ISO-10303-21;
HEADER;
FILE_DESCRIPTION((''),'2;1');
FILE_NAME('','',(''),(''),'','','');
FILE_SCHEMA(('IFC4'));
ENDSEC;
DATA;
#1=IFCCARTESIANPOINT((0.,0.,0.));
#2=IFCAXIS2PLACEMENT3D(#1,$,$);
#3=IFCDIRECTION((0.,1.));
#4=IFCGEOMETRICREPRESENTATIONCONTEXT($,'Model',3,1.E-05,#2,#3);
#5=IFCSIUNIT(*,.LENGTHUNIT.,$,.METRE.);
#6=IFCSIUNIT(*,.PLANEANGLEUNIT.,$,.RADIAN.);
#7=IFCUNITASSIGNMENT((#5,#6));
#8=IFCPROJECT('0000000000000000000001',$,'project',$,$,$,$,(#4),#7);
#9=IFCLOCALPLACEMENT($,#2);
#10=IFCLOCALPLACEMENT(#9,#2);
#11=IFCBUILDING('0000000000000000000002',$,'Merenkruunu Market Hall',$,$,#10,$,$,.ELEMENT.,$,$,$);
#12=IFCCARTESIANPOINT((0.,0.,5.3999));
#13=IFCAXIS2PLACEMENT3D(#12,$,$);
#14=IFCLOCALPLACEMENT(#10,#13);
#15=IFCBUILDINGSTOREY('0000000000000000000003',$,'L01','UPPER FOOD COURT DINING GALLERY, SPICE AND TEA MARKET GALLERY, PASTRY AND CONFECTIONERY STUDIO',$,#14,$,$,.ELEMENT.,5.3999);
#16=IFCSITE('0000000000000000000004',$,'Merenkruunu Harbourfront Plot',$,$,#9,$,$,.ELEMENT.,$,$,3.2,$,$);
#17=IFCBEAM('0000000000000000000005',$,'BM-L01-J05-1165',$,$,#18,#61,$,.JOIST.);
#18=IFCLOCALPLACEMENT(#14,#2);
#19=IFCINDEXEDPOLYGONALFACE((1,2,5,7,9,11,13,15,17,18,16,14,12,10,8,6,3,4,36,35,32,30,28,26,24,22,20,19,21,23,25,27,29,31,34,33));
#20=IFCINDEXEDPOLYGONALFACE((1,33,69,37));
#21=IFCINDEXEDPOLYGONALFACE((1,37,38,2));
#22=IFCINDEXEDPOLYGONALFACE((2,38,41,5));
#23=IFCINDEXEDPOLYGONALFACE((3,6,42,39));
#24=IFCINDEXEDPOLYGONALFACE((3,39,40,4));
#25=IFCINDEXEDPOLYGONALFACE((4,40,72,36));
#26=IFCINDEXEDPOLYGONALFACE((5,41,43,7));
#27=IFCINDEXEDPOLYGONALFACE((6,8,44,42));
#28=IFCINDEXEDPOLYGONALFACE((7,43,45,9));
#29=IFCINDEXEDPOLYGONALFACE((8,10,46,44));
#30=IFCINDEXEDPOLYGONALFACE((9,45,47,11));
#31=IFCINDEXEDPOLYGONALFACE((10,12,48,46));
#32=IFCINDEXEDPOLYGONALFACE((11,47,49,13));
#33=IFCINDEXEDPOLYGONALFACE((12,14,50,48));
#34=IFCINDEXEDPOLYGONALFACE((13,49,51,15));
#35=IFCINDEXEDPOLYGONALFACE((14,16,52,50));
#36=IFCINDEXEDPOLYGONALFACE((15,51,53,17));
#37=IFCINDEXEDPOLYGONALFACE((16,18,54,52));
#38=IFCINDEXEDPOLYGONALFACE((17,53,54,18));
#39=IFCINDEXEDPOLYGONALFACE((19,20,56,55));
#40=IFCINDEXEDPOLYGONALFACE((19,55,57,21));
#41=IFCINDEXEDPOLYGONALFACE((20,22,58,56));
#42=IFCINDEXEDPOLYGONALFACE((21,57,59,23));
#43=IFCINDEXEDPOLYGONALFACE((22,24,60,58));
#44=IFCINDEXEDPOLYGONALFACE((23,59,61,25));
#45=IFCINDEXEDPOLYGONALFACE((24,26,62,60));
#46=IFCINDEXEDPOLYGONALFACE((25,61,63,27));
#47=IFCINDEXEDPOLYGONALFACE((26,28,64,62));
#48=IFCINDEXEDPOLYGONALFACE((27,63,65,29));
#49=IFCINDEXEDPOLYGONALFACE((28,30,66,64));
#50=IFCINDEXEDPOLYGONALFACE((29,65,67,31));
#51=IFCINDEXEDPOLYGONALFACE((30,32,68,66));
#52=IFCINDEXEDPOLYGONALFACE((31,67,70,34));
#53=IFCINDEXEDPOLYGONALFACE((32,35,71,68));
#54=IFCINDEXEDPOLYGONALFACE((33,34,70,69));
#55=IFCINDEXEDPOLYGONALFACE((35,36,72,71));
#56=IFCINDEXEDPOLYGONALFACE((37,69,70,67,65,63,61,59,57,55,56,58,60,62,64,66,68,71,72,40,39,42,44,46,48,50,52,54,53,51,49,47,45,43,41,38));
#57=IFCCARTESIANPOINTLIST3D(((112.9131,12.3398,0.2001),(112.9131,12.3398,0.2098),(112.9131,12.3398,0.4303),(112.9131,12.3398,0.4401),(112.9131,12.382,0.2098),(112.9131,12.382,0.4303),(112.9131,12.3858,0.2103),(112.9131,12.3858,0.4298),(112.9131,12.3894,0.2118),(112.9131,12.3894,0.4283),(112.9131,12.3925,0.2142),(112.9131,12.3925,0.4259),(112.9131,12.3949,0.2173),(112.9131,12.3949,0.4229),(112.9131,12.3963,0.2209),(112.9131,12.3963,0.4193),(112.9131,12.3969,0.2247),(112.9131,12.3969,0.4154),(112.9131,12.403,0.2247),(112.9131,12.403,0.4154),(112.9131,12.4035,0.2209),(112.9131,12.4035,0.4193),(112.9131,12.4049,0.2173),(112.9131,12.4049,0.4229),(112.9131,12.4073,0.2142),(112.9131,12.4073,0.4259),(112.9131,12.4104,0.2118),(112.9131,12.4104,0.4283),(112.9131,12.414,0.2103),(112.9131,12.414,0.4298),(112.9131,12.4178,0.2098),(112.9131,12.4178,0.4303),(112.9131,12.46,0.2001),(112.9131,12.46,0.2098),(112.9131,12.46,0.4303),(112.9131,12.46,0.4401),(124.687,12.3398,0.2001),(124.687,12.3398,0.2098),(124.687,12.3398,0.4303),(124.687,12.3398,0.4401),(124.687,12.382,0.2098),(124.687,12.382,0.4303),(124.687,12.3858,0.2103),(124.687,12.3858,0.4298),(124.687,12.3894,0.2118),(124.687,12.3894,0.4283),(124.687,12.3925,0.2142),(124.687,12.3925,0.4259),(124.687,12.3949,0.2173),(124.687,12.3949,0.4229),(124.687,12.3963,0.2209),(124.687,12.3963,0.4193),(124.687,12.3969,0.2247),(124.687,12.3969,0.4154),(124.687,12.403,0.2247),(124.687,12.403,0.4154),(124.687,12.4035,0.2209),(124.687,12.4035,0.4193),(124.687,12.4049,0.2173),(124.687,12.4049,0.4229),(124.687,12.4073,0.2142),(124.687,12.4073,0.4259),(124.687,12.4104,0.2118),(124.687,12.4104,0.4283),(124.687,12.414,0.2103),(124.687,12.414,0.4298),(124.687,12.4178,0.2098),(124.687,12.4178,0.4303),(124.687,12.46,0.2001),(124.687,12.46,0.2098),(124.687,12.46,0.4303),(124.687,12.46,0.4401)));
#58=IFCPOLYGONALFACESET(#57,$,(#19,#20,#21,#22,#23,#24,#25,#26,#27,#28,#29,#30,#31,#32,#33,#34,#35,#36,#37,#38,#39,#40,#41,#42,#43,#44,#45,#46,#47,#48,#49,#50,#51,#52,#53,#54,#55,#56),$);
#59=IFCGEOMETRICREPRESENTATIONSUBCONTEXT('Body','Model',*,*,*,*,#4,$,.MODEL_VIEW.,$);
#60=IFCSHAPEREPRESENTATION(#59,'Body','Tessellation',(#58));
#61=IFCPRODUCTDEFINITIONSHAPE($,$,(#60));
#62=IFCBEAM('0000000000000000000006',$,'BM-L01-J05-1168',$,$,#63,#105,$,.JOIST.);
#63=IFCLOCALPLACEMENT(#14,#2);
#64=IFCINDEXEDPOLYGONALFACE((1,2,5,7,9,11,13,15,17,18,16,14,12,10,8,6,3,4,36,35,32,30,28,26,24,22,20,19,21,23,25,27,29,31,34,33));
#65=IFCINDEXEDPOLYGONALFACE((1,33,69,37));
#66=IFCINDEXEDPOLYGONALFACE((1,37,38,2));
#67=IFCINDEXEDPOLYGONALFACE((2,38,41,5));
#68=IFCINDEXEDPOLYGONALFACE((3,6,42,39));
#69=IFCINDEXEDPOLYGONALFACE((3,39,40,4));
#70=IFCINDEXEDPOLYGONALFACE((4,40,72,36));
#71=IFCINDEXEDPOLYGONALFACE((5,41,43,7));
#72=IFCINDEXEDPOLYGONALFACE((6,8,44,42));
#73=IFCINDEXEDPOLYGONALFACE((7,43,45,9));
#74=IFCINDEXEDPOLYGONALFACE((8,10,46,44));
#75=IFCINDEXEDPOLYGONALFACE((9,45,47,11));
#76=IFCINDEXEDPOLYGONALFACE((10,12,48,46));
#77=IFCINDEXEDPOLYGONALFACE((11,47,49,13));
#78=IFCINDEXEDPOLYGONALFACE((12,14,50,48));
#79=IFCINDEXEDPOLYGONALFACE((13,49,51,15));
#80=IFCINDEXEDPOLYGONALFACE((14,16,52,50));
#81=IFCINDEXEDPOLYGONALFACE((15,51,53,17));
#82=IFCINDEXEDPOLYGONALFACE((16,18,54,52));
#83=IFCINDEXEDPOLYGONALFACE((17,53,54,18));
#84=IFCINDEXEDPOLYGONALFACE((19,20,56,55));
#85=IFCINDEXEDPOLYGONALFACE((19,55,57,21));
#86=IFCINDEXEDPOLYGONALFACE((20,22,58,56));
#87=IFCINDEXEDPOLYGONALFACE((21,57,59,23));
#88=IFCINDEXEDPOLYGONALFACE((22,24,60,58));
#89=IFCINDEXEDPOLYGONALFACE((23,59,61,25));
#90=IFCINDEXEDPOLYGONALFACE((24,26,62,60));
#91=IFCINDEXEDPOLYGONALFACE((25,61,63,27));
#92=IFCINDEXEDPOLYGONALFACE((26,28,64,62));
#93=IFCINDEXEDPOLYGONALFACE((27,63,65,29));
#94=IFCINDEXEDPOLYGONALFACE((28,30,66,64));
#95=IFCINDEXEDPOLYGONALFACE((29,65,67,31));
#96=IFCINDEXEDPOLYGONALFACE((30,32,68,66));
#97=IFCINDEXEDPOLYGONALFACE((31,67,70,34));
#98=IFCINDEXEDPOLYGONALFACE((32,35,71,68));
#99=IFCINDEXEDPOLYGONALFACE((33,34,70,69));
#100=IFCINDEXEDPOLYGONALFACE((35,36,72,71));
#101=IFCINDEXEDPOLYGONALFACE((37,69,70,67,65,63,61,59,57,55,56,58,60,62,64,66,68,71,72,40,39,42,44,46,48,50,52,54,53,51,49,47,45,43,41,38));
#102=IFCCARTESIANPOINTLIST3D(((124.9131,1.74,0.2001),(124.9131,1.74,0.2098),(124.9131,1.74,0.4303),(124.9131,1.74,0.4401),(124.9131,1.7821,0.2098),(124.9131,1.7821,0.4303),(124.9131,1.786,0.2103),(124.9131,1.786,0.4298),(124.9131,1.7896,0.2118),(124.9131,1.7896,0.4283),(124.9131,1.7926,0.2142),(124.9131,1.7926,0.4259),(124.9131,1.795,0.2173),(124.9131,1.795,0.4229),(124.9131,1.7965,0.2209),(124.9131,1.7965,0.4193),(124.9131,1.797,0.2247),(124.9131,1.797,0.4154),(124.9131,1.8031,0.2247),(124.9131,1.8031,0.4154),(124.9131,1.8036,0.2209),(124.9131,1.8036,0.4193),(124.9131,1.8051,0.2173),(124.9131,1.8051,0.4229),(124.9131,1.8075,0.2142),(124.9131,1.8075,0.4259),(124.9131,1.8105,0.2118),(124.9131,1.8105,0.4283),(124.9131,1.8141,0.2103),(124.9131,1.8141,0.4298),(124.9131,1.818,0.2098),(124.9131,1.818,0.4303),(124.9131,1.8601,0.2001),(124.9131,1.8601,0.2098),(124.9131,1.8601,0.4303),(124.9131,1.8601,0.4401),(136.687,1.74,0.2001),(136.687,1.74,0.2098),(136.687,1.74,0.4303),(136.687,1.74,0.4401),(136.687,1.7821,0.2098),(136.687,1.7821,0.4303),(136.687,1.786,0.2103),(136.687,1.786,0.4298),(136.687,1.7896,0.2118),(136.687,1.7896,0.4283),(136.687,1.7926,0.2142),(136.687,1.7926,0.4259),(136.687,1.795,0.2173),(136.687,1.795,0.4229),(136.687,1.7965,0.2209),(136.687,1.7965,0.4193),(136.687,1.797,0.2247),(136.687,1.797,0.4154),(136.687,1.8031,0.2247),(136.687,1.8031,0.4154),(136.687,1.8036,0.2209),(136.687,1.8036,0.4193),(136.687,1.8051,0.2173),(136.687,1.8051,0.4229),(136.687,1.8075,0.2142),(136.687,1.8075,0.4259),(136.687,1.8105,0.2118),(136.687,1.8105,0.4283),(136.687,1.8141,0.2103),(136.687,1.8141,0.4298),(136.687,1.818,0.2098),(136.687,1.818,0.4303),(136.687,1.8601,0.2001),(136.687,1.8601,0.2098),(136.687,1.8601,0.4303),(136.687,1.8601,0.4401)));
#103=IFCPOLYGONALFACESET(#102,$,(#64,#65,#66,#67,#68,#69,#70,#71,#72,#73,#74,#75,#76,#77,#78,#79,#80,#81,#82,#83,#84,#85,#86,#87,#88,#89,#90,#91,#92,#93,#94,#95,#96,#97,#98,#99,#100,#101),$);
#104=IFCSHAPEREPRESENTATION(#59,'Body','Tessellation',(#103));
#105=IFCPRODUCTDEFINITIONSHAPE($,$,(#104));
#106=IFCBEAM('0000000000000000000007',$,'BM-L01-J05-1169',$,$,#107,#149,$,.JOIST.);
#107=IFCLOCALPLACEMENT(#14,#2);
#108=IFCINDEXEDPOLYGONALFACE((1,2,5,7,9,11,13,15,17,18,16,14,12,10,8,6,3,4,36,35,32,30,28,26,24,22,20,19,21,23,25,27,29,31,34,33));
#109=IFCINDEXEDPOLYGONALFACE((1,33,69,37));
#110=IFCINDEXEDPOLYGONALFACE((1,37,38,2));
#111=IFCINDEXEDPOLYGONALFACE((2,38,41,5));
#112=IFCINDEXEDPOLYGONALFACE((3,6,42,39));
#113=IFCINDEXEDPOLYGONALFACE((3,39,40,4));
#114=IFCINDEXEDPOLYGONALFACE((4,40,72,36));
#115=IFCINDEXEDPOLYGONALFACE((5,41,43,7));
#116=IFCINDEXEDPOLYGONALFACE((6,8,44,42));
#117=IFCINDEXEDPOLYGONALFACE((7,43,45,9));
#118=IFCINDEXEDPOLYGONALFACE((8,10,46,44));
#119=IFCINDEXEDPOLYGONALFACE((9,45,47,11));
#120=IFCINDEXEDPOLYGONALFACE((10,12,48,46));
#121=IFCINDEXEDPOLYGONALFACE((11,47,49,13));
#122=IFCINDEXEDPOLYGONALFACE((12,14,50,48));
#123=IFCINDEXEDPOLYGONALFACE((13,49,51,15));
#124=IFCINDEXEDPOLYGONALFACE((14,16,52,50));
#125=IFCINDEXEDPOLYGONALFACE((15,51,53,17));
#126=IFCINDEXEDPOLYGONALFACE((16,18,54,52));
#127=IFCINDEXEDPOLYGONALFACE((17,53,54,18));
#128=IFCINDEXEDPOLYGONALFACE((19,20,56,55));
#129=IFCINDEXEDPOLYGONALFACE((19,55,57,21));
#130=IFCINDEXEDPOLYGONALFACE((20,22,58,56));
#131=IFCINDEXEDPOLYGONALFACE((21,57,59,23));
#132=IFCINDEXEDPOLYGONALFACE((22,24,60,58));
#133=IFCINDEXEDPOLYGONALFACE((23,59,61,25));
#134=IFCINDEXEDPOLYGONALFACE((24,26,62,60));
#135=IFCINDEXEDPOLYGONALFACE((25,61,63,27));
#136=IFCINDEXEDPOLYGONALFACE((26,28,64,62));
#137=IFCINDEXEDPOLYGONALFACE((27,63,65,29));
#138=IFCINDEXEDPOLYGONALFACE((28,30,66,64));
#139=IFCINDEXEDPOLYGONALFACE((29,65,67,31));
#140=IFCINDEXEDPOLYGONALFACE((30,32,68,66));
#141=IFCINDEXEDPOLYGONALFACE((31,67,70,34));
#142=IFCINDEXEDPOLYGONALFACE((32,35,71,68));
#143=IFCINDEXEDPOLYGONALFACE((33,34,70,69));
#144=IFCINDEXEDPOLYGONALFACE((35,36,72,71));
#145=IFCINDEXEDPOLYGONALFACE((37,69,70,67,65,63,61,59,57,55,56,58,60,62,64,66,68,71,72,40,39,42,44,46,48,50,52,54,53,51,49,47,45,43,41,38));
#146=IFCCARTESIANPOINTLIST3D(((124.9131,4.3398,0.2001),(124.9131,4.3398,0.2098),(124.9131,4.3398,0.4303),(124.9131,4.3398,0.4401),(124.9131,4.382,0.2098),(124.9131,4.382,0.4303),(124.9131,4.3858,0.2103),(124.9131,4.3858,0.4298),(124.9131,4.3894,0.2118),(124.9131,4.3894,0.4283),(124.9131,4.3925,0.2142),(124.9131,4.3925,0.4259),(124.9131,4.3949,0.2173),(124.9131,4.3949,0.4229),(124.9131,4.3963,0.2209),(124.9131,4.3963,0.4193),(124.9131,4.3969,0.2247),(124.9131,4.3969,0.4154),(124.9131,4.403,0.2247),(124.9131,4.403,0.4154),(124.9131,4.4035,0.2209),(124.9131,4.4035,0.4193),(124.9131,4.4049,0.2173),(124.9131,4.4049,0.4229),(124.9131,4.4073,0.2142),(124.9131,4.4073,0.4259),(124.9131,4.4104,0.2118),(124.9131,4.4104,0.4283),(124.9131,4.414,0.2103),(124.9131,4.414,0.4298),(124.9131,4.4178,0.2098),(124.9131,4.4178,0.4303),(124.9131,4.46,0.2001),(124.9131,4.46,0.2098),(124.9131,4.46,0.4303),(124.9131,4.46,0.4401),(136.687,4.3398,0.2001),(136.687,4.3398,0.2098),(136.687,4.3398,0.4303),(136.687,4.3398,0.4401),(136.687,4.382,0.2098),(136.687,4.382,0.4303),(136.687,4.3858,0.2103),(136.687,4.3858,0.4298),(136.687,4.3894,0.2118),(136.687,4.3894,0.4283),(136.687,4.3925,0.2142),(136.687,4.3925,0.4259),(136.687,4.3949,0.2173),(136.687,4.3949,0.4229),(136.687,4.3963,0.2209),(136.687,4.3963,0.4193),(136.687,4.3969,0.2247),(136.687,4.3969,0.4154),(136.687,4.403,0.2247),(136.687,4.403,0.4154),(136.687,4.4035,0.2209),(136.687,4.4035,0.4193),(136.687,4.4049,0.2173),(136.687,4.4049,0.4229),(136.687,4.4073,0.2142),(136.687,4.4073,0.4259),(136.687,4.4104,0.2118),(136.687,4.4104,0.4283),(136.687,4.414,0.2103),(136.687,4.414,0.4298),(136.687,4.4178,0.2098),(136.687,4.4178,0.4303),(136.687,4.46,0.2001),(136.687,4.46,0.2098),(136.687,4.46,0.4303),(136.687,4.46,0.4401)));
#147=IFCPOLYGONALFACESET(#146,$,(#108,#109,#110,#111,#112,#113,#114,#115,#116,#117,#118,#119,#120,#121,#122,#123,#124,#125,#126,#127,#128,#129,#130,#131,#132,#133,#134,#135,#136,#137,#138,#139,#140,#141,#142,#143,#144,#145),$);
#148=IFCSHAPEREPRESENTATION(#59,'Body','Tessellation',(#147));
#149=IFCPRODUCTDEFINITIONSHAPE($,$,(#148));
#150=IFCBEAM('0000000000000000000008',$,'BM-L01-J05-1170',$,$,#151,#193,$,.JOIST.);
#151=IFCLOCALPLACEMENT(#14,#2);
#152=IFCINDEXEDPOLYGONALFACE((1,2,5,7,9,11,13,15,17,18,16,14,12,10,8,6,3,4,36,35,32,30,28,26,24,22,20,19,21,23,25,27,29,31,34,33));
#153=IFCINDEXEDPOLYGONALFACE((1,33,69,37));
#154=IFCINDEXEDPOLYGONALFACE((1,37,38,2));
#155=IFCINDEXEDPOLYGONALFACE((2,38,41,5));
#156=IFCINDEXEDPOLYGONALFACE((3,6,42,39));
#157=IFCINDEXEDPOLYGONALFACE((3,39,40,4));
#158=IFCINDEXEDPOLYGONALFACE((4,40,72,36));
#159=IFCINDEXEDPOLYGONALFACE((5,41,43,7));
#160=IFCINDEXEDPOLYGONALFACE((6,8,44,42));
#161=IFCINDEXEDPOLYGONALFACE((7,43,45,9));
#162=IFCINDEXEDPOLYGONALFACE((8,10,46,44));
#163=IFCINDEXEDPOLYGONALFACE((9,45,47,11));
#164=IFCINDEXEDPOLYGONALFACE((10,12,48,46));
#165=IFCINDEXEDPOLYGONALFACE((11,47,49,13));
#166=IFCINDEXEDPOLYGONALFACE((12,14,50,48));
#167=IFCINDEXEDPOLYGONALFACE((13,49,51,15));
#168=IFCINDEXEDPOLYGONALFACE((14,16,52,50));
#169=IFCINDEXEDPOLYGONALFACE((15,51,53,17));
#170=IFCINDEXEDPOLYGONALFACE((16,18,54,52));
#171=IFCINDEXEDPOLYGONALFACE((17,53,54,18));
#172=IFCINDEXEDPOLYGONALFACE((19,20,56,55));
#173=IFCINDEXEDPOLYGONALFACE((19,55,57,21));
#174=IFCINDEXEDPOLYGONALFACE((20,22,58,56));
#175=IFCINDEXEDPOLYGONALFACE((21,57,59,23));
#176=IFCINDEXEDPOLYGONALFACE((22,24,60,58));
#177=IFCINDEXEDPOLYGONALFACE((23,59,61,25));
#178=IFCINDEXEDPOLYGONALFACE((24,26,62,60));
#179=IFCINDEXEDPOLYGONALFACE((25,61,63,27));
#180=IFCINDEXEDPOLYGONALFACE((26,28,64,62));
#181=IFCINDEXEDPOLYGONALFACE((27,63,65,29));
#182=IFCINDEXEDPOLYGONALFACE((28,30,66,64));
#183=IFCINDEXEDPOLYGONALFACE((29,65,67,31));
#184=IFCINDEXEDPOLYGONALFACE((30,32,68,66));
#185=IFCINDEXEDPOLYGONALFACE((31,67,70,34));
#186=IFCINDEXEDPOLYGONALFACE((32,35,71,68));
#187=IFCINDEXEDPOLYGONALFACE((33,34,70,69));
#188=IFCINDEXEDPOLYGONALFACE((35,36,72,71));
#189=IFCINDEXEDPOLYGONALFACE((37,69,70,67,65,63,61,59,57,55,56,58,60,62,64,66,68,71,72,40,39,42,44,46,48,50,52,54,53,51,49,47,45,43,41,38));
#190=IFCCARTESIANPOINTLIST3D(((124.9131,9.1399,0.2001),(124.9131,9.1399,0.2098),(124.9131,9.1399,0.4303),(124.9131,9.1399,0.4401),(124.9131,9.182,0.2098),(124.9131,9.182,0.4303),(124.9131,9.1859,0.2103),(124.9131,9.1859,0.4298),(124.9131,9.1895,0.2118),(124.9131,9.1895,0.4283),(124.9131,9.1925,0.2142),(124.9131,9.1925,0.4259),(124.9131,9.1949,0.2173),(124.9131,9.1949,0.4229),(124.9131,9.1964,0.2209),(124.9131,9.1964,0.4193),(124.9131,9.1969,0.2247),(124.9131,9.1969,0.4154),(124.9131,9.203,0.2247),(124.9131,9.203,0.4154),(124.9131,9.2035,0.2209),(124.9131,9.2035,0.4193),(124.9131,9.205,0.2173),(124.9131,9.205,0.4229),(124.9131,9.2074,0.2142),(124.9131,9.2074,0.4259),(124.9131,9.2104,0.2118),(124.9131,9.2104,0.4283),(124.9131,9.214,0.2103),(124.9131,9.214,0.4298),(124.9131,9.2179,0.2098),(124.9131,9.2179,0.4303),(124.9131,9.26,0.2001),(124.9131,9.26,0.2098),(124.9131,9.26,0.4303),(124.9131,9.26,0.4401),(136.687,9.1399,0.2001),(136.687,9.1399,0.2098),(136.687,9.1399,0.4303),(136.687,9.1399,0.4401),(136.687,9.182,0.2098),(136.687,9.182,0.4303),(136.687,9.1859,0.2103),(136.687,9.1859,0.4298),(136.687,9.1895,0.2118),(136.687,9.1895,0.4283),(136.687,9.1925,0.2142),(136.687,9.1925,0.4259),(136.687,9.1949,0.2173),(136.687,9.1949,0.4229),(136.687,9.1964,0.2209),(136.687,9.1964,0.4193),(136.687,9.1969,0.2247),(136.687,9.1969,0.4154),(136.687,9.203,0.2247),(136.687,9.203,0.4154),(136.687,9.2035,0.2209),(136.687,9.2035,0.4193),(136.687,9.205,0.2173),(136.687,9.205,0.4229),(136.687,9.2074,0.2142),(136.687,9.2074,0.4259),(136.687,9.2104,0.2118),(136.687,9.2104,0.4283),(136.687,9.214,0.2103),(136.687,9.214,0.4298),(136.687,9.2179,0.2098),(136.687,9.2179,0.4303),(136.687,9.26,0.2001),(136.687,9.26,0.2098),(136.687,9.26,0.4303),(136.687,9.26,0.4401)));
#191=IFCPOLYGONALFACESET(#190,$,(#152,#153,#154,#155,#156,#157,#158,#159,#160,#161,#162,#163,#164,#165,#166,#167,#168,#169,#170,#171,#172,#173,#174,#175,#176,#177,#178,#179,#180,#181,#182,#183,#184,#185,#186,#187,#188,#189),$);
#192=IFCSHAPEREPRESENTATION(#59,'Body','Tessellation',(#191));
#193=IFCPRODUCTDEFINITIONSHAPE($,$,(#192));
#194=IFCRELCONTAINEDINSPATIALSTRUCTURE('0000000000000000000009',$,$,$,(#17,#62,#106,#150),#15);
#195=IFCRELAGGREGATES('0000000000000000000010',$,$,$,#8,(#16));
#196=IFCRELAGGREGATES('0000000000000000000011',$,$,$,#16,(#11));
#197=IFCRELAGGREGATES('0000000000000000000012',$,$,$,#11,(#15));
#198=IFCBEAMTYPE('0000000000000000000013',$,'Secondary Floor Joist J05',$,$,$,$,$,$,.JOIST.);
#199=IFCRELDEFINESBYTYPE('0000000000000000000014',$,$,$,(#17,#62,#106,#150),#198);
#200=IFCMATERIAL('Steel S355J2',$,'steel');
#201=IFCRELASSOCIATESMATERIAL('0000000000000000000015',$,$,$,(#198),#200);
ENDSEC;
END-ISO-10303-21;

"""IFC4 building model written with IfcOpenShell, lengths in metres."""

from ifc_helpers import new_model, si_unit, direction, frame, origin, origin_2d, place, context, subcontext, project, spatial, i_section, extrude, material, material_profile, profile_set, type_object, element, save


model = new_model("IFC4")

# Units and contexts
model_context = context("Model", 3, precision=1e-05, world=origin(), true_north=direction((0.0, 1.0)))
body_context = subcontext(model_context, "Body", "Model", "MODEL_VIEW")
ifc_project = project(units=[si_unit("LENGTHUNIT", "METRE"), si_unit("PLANEANGLEUNIT", "RADIAN")], contexts=[model_context])

# Site, building, storey
site_placement = place(None, origin())
site = spatial("IfcSite", under=ifc_project, at=site_placement, Name="Merenkruunu Harbourfront Plot", CompositionType="ELEMENT", RefElevation=3.2)
building_placement = place(site_placement, origin())
building = spatial("IfcBuilding", under=site, at=building_placement, Name="Merenkruunu Market Hall", CompositionType="ELEMENT")
storey_placement = place(building_placement, frame((0.0, 0.0, 5.3999)))
storey = spatial("IfcBuildingStorey", under=building, at=storey_placement, Name="L01", Description="UPPER FOOD COURT DINING GALLERY, SPICE AND TEA MARKET GALLERY, PASTRY AND CONFECTIONERY STUDIO", CompositionType="ELEMENT", Elevation=5.3999)

# Shared definitions
ifc_material_1 = material(Name="Steel S355J2", Category="steel")

# Beams
ifc_material_profile_1 = material_profile(ifc_material_1, i_section(OverallWidth=0.1201, OverallDepth=0.24, WebThickness=0.0061, FlangeThickness=0.0098, FilletRadius=0.0149, at=origin_2d()), Name="IPE 240")
ifc_profile_set_1 = profile_set([ifc_material_profile_1], Name="Steel S355J2")
beam_type_1 = type_object("IfcBeamType", Name="Secondary Floor Joist J05", PredefinedType="JOIST", material=ifc_profile_set_1)
for number, where, z_axis, x_axis, name in (
    (1, (112.9131, 12.3999, 0.3201), (1.0, 0.0, 0.0), (0.0, 1.0, 0.0), "BM-L01-J05-1165"),
    (2, (124.9131, 1.8, 0.3201), (1.0, 0.0, 0.0), (0.0, 1.0, 0.0), "BM-L01-J05-1168"),
    (3, (124.9131, 4.3999, 0.3201), (1.0, 0.0, 0.0), (0.0, 1.0, 0.0), "BM-L01-J05-1169"),
    (4, (124.9131, 9.2, 0.3201), (1.0, 0.0, 0.0), (0.0, 1.0, 0.0), "BM-L01-J05-1170"),
):
    element("IfcBeam", number, at=place(storey_placement, frame(where, z_axis=z_axis, x_axis=x_axis)), inside=storey, type_object=beam_type_1, Name=name, PredefinedType="JOIST", context=body_context, shape_type="SweptSolid", body=[
        extrude(i_section(OverallWidth=0.1201, OverallDepth=0.24, WebThickness=0.0061, FlangeThickness=0.0098, FilletRadius=0.0149, at=origin_2d()), origin(), (0.0, 0.0, 1.0), 11.7739),
    ])

save(model, "model.ifc")
